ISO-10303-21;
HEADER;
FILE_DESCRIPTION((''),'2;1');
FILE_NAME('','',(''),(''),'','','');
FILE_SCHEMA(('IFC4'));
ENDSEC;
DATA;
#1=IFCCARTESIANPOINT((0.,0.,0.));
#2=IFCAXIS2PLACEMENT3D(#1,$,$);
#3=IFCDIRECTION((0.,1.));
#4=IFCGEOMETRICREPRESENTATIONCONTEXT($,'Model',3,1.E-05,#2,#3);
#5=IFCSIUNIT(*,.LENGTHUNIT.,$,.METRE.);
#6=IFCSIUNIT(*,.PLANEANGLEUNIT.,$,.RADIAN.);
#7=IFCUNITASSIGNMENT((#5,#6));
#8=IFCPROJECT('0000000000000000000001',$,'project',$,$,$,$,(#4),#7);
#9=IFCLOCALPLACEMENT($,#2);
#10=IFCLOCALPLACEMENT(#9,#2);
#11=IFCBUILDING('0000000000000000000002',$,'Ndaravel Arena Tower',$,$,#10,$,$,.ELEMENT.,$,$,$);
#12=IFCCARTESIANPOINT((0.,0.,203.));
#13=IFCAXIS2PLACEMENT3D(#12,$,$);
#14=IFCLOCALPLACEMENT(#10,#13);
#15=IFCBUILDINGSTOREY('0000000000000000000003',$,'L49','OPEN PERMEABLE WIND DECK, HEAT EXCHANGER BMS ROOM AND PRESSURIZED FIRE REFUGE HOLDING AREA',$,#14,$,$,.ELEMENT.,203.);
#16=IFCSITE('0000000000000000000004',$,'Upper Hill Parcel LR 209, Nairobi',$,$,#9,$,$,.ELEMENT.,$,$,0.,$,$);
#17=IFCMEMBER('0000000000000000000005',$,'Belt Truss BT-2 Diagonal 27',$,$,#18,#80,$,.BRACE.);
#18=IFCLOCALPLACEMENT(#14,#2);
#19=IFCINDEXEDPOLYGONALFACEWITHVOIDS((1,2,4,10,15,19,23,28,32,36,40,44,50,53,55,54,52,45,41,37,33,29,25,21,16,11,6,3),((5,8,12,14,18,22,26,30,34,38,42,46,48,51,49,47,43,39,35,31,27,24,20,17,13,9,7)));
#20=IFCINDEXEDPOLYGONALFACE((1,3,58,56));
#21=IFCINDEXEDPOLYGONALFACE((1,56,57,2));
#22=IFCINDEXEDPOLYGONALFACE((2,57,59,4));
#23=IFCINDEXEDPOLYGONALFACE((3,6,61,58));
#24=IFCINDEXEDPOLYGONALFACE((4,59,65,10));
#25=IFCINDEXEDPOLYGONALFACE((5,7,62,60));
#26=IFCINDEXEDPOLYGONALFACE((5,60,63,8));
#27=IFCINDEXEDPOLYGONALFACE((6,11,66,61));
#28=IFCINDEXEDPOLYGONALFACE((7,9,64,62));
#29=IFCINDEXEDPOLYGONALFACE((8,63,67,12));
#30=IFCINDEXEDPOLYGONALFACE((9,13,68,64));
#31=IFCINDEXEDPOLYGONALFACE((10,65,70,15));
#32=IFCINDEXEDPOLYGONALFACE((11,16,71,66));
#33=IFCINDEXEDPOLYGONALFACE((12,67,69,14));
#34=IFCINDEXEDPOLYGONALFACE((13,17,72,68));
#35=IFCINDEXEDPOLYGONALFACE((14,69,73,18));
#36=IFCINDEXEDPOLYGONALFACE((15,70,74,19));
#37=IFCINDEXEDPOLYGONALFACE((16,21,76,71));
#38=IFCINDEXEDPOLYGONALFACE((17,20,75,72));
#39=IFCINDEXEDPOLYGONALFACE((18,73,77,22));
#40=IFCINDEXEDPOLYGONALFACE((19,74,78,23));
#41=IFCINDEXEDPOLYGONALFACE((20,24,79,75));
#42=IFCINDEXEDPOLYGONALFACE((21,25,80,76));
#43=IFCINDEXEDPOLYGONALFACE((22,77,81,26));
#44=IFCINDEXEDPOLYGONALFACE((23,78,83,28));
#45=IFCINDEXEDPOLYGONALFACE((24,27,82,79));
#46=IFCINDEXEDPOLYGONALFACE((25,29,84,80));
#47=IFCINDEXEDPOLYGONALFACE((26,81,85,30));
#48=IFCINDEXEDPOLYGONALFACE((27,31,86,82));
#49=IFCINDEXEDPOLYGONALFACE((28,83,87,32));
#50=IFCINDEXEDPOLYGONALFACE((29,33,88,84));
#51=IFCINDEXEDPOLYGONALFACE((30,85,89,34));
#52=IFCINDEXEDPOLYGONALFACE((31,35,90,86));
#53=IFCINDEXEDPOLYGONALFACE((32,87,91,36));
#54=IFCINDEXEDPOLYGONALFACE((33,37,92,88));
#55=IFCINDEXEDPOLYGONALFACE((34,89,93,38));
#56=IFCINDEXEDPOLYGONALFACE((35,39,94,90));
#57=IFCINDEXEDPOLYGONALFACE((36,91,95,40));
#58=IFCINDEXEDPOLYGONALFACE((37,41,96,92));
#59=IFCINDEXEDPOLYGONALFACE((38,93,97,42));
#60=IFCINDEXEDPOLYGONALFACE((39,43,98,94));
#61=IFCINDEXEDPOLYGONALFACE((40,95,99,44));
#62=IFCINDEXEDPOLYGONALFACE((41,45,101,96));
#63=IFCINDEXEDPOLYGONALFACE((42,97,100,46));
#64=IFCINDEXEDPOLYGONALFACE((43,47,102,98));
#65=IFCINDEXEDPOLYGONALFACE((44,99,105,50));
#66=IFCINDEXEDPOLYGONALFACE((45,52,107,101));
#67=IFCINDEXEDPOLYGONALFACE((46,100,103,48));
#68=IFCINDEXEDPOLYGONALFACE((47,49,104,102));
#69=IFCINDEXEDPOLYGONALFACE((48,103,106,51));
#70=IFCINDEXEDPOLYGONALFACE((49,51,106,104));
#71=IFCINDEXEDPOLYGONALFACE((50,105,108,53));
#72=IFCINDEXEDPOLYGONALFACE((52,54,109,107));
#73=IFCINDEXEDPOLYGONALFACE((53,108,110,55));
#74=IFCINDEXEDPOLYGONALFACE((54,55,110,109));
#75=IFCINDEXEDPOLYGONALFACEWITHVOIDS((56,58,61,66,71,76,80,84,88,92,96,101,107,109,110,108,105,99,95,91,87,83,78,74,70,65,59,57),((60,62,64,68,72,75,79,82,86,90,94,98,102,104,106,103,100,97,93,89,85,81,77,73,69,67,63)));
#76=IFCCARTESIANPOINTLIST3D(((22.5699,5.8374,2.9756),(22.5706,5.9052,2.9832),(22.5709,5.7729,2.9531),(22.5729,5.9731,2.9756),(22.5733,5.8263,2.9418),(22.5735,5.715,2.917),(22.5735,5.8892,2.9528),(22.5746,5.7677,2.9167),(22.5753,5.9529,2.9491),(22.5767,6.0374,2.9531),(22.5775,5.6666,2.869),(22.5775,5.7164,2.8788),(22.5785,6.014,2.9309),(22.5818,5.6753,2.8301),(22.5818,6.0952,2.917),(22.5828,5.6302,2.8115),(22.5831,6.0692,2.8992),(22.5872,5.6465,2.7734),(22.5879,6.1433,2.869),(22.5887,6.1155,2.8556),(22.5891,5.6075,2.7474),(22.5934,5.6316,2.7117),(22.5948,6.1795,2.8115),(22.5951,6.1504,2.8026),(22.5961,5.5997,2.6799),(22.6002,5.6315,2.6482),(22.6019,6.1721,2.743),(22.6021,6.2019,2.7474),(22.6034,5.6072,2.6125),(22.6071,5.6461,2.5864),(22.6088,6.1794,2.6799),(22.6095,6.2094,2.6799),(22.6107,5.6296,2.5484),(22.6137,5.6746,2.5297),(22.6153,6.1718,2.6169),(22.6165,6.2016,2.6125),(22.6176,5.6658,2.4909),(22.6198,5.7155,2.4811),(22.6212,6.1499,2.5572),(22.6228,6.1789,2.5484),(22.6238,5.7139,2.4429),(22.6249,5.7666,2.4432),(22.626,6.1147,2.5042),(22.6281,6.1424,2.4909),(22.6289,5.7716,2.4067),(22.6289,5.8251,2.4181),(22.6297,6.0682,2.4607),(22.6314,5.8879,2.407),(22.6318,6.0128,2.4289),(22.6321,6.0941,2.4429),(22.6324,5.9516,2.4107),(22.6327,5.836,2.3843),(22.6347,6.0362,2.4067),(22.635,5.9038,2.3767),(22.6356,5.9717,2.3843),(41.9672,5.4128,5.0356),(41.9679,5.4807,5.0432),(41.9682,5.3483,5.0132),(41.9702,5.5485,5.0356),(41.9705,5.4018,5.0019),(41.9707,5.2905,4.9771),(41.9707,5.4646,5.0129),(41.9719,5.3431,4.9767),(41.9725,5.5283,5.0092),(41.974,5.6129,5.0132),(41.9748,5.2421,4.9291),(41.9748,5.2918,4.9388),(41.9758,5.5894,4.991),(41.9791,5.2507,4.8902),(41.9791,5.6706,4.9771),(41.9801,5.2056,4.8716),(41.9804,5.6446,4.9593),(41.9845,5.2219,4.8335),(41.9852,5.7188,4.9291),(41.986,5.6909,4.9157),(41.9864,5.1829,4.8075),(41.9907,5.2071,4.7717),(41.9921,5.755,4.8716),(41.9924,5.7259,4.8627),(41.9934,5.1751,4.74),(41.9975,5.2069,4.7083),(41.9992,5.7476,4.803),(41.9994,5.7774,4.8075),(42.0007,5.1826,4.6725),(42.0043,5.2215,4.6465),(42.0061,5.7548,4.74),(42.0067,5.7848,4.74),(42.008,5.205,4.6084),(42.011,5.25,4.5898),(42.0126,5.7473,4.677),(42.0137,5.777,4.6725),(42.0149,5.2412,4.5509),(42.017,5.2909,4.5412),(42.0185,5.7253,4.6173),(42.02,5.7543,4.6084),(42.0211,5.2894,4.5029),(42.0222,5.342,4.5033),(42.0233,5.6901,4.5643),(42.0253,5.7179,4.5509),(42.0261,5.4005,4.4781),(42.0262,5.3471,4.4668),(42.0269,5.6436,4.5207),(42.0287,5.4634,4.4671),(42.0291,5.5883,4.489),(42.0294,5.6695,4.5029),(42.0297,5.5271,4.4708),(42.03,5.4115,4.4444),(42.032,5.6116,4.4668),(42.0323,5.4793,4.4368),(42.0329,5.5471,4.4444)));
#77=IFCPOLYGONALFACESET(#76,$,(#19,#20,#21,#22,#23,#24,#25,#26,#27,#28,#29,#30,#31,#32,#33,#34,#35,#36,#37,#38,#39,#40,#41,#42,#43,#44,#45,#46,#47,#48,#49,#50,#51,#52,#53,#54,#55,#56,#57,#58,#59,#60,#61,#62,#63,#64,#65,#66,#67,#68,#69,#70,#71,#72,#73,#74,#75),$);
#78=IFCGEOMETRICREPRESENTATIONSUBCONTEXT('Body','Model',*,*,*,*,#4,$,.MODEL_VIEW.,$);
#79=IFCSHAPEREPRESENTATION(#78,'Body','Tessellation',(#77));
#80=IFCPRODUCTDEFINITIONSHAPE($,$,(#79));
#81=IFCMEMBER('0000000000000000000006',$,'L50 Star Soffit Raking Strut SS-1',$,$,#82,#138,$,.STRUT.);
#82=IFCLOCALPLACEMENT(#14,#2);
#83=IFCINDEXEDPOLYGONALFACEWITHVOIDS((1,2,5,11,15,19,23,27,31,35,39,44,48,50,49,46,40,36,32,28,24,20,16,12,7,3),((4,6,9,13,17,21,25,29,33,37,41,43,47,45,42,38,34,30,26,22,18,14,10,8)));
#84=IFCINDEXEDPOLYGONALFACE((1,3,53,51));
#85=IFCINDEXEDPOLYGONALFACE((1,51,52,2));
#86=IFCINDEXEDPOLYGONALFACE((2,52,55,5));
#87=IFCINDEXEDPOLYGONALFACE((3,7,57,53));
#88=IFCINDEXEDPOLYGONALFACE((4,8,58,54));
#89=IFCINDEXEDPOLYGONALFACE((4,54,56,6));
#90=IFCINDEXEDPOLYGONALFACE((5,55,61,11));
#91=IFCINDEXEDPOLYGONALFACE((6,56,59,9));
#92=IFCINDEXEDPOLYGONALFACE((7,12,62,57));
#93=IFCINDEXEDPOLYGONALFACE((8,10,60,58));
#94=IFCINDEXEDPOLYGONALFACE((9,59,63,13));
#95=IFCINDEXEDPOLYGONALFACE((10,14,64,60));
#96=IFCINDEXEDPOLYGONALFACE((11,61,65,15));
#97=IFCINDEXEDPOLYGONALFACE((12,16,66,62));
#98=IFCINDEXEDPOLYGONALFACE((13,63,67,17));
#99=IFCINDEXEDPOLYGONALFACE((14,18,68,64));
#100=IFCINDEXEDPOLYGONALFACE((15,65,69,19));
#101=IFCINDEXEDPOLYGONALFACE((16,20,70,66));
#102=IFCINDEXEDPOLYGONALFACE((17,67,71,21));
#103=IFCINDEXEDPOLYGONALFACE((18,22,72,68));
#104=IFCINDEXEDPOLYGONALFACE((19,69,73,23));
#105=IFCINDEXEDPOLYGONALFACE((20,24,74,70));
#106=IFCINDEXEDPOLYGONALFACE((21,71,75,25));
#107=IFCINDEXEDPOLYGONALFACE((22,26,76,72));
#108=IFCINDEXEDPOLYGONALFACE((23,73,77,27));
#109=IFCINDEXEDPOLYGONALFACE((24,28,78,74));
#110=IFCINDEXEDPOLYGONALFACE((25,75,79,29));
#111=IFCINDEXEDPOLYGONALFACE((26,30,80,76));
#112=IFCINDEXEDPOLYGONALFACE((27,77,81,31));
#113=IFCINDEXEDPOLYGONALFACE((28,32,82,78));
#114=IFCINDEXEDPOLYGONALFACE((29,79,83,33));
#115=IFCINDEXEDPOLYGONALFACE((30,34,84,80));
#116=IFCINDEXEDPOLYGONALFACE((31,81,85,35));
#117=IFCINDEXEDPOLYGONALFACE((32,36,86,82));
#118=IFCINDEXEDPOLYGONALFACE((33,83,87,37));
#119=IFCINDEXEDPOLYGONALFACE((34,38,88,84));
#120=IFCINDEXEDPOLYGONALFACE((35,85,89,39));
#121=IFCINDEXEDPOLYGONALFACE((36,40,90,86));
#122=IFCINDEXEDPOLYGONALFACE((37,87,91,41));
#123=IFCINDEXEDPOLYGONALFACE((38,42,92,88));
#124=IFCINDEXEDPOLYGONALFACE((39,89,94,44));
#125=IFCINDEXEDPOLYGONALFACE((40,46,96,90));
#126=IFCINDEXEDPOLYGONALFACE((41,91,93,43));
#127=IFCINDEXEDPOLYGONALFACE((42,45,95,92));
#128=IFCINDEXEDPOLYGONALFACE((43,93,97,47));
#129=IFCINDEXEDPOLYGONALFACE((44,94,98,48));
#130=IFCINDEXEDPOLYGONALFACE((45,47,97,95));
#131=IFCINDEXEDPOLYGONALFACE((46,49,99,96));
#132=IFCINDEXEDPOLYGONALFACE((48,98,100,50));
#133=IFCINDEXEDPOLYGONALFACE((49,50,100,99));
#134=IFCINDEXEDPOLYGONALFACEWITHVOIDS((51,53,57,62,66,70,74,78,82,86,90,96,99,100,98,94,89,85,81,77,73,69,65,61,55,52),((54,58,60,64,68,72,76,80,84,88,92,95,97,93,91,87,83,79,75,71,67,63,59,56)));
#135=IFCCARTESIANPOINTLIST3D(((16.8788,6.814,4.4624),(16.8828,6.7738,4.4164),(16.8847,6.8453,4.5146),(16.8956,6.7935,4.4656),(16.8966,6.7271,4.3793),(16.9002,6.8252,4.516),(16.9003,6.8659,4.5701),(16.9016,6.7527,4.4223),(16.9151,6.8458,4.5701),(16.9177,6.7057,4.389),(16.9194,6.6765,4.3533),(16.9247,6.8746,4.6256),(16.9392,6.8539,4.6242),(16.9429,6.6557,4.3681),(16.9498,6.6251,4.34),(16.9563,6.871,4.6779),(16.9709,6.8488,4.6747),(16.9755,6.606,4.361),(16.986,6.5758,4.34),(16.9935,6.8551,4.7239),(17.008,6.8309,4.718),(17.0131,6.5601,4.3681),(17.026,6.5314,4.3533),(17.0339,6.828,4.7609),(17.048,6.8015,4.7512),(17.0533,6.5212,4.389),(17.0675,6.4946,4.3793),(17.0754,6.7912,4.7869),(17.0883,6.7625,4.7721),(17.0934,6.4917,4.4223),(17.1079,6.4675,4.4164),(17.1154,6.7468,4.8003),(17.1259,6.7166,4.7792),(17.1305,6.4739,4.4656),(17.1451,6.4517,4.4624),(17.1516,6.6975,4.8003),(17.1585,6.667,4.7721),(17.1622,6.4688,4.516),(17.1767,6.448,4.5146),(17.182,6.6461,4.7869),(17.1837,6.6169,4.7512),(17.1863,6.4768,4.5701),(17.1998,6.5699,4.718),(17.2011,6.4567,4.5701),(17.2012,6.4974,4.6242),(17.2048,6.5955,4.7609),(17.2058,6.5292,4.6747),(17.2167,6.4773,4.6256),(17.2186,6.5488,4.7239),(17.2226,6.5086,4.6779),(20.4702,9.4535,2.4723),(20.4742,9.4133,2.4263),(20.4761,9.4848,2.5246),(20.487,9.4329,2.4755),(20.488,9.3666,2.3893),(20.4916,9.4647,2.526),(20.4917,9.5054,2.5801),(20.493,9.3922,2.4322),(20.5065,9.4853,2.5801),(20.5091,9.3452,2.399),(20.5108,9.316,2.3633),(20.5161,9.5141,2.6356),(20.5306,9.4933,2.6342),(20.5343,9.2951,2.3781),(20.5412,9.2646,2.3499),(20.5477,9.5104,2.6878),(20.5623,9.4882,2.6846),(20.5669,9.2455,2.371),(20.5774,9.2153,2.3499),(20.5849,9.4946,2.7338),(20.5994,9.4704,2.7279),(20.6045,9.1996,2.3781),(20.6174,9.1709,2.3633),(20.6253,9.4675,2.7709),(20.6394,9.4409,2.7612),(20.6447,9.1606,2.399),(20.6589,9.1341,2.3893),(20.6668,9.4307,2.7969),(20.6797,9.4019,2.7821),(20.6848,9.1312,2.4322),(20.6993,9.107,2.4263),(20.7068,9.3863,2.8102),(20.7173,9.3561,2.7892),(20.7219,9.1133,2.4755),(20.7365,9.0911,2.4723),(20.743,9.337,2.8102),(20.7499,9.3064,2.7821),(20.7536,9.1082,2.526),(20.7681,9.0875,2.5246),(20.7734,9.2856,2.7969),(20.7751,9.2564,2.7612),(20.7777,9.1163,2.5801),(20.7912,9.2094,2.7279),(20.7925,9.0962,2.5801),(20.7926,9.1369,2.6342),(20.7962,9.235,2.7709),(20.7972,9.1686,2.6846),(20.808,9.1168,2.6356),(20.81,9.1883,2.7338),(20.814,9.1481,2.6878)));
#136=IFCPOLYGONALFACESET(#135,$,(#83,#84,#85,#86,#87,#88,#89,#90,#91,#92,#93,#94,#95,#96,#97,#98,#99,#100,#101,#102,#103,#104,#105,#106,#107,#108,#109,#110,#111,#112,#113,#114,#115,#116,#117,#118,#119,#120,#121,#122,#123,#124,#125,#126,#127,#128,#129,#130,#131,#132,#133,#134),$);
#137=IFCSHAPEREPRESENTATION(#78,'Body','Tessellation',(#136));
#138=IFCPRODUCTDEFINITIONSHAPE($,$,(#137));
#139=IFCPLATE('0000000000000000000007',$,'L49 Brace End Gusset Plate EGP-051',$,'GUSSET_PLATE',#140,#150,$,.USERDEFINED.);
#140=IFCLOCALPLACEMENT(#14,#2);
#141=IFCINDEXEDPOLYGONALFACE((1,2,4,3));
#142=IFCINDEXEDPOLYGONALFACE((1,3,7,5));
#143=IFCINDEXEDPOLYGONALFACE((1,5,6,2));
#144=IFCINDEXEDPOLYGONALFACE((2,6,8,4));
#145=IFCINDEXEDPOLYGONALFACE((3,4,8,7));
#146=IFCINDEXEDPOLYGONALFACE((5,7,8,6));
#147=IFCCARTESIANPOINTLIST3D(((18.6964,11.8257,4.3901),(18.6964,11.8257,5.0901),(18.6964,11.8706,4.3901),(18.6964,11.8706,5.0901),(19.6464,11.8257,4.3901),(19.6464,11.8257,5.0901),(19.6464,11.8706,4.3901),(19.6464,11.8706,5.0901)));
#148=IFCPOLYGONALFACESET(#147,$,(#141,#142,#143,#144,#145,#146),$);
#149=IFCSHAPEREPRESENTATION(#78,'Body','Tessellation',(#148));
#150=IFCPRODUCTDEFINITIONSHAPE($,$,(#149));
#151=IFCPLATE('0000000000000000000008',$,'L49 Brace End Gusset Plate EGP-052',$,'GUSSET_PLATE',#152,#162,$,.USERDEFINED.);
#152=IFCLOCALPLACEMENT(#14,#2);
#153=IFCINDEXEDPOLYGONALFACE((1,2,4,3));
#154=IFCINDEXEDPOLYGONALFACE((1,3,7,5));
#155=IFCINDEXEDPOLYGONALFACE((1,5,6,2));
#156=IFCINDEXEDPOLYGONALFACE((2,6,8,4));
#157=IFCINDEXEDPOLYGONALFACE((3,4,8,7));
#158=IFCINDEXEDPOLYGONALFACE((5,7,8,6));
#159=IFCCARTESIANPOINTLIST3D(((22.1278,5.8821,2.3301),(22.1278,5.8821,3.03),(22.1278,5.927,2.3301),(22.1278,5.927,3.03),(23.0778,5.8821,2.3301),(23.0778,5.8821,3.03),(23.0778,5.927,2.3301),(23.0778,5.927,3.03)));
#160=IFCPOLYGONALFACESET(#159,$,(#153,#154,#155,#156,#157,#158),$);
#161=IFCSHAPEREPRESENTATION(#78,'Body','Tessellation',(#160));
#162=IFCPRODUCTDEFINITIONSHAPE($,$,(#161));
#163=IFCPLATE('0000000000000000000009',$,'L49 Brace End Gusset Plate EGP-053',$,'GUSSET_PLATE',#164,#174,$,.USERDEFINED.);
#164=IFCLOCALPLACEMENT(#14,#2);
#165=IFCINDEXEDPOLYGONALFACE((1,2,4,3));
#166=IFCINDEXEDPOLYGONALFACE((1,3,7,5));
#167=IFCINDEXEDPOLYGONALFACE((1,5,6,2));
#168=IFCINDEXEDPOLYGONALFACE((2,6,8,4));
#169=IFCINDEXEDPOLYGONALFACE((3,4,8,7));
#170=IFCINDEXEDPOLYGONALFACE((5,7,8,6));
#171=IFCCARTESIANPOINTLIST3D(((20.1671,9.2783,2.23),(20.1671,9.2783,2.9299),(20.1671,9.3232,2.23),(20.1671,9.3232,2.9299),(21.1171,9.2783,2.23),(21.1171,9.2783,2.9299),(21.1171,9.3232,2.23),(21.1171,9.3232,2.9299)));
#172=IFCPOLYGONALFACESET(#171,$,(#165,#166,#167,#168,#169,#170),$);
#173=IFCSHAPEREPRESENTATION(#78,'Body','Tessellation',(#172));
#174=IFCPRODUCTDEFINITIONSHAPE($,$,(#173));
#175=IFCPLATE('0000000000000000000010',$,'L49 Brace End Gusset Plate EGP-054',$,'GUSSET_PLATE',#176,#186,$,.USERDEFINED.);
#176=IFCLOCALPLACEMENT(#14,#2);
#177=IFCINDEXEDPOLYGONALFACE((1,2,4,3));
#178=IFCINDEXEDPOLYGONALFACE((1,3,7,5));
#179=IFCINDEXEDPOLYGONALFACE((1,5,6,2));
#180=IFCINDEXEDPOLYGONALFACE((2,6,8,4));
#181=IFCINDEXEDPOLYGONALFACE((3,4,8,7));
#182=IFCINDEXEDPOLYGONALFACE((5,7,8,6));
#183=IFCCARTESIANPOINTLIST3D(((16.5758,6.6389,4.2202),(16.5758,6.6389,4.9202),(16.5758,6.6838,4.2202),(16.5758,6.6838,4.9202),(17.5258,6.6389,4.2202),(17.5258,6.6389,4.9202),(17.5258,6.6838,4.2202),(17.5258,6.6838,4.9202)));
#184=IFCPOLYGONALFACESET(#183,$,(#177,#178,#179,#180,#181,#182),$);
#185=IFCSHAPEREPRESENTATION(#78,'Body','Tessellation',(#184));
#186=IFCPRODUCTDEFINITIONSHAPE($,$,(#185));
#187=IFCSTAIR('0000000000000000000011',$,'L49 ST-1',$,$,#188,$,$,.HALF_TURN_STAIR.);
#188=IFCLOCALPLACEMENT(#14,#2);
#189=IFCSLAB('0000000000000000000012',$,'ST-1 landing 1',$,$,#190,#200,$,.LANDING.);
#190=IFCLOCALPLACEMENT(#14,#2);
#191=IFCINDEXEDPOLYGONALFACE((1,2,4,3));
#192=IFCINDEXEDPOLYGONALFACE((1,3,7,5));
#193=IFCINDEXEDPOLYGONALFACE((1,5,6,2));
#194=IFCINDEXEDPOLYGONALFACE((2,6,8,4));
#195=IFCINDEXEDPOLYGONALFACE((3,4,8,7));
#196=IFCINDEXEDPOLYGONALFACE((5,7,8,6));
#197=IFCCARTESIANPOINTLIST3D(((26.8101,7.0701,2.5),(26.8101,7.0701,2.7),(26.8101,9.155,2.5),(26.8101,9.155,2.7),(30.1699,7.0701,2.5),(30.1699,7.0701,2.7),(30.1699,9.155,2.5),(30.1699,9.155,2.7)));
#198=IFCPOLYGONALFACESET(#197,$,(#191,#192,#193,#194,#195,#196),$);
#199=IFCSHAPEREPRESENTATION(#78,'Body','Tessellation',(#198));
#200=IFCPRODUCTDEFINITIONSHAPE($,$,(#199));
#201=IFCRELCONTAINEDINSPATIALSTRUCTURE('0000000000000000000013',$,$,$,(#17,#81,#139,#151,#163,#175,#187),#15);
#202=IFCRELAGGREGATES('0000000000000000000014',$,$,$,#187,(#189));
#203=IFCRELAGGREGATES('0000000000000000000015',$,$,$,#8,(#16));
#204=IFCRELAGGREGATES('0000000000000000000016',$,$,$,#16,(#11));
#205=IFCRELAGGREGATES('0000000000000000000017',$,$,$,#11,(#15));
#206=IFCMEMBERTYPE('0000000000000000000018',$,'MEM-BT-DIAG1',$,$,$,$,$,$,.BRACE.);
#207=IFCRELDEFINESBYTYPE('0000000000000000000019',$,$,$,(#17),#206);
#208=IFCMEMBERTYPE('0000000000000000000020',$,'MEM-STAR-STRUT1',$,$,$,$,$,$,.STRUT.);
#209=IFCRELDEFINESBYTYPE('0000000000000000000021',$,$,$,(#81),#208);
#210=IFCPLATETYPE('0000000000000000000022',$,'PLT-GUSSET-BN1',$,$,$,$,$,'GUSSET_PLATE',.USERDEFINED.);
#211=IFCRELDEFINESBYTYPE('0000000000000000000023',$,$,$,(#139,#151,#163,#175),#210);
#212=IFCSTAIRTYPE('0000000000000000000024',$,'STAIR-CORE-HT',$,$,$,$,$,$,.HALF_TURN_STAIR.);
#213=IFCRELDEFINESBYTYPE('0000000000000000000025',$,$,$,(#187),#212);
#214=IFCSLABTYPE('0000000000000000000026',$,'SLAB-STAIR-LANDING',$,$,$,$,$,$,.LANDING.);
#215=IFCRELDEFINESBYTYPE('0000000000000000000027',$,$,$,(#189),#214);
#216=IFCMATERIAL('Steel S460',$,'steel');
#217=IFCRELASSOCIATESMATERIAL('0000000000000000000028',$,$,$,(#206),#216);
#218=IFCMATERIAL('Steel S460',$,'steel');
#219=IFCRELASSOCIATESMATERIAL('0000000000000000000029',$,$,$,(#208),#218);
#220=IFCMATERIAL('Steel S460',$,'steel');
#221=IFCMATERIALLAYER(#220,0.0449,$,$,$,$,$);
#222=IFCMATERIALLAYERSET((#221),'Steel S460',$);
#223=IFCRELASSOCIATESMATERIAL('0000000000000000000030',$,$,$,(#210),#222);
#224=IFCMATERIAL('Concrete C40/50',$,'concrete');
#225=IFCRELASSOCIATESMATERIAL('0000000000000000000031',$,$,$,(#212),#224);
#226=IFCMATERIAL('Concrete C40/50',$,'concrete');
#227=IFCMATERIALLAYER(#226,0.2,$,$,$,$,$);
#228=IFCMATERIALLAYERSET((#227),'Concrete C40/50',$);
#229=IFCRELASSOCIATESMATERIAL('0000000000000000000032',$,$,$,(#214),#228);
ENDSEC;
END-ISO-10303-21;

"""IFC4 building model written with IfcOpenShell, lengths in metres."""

from ifc_helpers import new_model, si_unit, direction, frame, origin, origin_2d, place, context, subcontext, project, spatial, polyline, rectangle, hollow_circle, outline, extrude, material, layer, layer_set, material_profile, profile_set, type_object, element, aggregate, save


model = new_model("IFC4")

# Units and contexts
model_context = context("Model", 3, precision=1e-05, world=origin(), true_north=direction((0.0, 1.0)))
body_context = subcontext(model_context, "Body", "Model", "MODEL_VIEW")
ifc_project = project(units=[si_unit("LENGTHUNIT", "METRE"), si_unit("PLANEANGLEUNIT", "RADIAN")], contexts=[model_context])

# Site, building, storey
site_placement = place(None, origin())
site = spatial("IfcSite", under=ifc_project, at=site_placement, Name="Upper Hill Parcel LR 209, Nairobi", CompositionType="ELEMENT", RefElevation=0.0)
building_placement = place(site_placement, origin())
building = spatial("IfcBuilding", under=site, at=building_placement, Name="Ndaravel Arena Tower", CompositionType="ELEMENT")
storey_placement = place(building_placement, frame((0.0, 0.0, 203.0)))
storey = spatial("IfcBuildingStorey", under=building, at=storey_placement, Name="L49", Description="OPEN PERMEABLE WIND DECK, HEAT EXCHANGER BMS ROOM AND PRESSURIZED FIRE REFUGE HOLDING AREA", CompositionType="ELEMENT", Elevation=203.0)

# Members
ifc_material_1 = material(Name="Steel S460", Category="steel")
ifc_material_profile_1 = material_profile(ifc_material_1, hollow_circle(Radius=0.3049, WallThickness=0.03, at=origin_2d()), Name="CHS 610x30")
ifc_profile_set_1 = profile_set([ifc_material_profile_1], Name="Steel S460")
member_type_1 = type_object("IfcMemberType", Name="MEM-BT-DIAG1", PredefinedType="BRACE", material=ifc_profile_set_1)
member_1_placement = place(storey_placement, frame((22.6028, 5.9045, 2.6799), z_axis=(0.994172, -0.02176, 0.105585), x_axis=(0.021882, 0.999761, 0.0)))
element("IfcMember", 1, at=member_1_placement, inside=storey, type_object=member_type_1, Name="Belt Truss BT-2 Diagonal 27", PredefinedType="BRACE", context=body_context, shape_type="SweptSolid", body=[
    extrude(hollow_circle(Radius=0.3049, WallThickness=0.03, at=origin_2d()), origin(), (0.0, 0.0, 1.0), 19.511),
])
ifc_material_2 = material(Name="Steel S460", Category="steel")
ifc_material_profile_2 = material_profile(ifc_material_2, hollow_circle(Radius=0.2539, WallThickness=0.0249, at=origin_2d()), Name="CHS 508x25")
ifc_profile_set_2 = profile_set([ifc_material_profile_2], Name="Steel S460")
member_type_2 = type_object("IfcMemberType", Name="MEM-STAR-STRUT1", PredefinedType="STRUT", material=ifc_profile_set_2)
member_2_placement = place(storey_placement, frame((20.6421, 9.3008, 2.5801), z_axis=(-0.735775, -0.540752, 0.407703), x_axis=(0.592206, -0.805786, 0.0)))
element("IfcMember", 2, at=member_2_placement, inside=storey, type_object=member_type_2, Name="L50 Star Soffit Raking Strut SS-1", PredefinedType="STRUT", context=body_context, shape_type="SweptSolid", body=[
    extrude(hollow_circle(Radius=0.2539, WallThickness=0.0249, at=origin_2d()), origin(), (0.0, 0.0, 1.0), 4.8811),
])

# Plates
ifc_material_3 = material(Name="Steel S460", Category="steel")
ifc_layer_1 = layer(ifc_material_3, 0.0449)
ifc_layer_set_1 = layer_set([ifc_layer_1], Name="Steel S460")
plate_type = type_object("IfcPlateType", Name="PLT-GUSSET-BN1", ElementType="GUSSET_PLATE", PredefinedType="USERDEFINED", material=ifc_layer_set_1)
for number, where, z_axis, x_axis, name in (
    (3, (19.1714, 11.8481, 4.3901), (0.0, 0.0, 1.0), (1.0, 0.0, 0.0), "L49 Brace End Gusset Plate EGP-051"),
    (4, (22.6028, 5.9045, 2.3301), (0.0, 0.0, 1.0), (1.0, 0.0, 0.0), "L49 Brace End Gusset Plate EGP-052"),
    (5, (20.6421, 9.3008, 2.23), (0.0, 0.0, 1.0), (1.0, 0.0, 0.0), "L49 Brace End Gusset Plate EGP-053"),
    (6, (17.0508, 6.6614, 4.2202), (0.0, 0.0, 1.0), (1.0, 0.0, 0.0), "L49 Brace End Gusset Plate EGP-054"),
):
    element("IfcPlate", number, at=place(storey_placement, frame(where, z_axis=z_axis, x_axis=x_axis)), inside=storey, type_object=plate_type, Name=name, ObjectType="GUSSET_PLATE", PredefinedType="USERDEFINED", context=body_context, shape_type="SweptSolid", body=[
        extrude(rectangle(XDim=0.95, YDim=0.0449, at=origin_2d()), origin(), (0.0, 0.0, 1.0), 0.7),
    ])

# Stair, slab
ifc_material_4 = material(Name="Concrete C40/50", Category="concrete")
stair_type = type_object("IfcStairType", Name="STAIR-CORE-HT", PredefinedType="HALF_TURN_STAIR", material=ifc_material_4)
stair_1_placement = place(storey_placement, origin())
stair_1 = element("IfcStair", 7, at=stair_1_placement, inside=storey, type_object=stair_type, Name="L49 ST-1", PredefinedType="HALF_TURN_STAIR")
ifc_material_5 = material(Name="Concrete C40/50", Category="concrete")
ifc_layer_2 = layer(ifc_material_5, 0.2)
ifc_layer_set_2 = layer_set([ifc_layer_2], Name="Concrete C40/50")
slab_type_1 = type_object("IfcSlabType", Name="SLAB-STAIR-LANDING", PredefinedType="LANDING", material=ifc_layer_set_2)
slab_1_placement = place(storey_placement, frame((0.0, 0.0, 2.5)))
slab_1 = element("IfcSlab", 8, at=slab_1_placement, type_object=slab_type_1, Name="ST-1 landing 1", PredefinedType="LANDING", context=body_context, shape_type="SweptSolid", body=[
    extrude(outline(polyline([(26.8101, 9.155), (26.8101, 7.0701), (30.1699, 7.0701), (30.1699, 9.155), (26.8101, 9.155)])), origin(), (0.0, 0.0, 1.0), 0.2),
])
aggregate(stair_1, [slab_1])

save(model, "model.ifc")
